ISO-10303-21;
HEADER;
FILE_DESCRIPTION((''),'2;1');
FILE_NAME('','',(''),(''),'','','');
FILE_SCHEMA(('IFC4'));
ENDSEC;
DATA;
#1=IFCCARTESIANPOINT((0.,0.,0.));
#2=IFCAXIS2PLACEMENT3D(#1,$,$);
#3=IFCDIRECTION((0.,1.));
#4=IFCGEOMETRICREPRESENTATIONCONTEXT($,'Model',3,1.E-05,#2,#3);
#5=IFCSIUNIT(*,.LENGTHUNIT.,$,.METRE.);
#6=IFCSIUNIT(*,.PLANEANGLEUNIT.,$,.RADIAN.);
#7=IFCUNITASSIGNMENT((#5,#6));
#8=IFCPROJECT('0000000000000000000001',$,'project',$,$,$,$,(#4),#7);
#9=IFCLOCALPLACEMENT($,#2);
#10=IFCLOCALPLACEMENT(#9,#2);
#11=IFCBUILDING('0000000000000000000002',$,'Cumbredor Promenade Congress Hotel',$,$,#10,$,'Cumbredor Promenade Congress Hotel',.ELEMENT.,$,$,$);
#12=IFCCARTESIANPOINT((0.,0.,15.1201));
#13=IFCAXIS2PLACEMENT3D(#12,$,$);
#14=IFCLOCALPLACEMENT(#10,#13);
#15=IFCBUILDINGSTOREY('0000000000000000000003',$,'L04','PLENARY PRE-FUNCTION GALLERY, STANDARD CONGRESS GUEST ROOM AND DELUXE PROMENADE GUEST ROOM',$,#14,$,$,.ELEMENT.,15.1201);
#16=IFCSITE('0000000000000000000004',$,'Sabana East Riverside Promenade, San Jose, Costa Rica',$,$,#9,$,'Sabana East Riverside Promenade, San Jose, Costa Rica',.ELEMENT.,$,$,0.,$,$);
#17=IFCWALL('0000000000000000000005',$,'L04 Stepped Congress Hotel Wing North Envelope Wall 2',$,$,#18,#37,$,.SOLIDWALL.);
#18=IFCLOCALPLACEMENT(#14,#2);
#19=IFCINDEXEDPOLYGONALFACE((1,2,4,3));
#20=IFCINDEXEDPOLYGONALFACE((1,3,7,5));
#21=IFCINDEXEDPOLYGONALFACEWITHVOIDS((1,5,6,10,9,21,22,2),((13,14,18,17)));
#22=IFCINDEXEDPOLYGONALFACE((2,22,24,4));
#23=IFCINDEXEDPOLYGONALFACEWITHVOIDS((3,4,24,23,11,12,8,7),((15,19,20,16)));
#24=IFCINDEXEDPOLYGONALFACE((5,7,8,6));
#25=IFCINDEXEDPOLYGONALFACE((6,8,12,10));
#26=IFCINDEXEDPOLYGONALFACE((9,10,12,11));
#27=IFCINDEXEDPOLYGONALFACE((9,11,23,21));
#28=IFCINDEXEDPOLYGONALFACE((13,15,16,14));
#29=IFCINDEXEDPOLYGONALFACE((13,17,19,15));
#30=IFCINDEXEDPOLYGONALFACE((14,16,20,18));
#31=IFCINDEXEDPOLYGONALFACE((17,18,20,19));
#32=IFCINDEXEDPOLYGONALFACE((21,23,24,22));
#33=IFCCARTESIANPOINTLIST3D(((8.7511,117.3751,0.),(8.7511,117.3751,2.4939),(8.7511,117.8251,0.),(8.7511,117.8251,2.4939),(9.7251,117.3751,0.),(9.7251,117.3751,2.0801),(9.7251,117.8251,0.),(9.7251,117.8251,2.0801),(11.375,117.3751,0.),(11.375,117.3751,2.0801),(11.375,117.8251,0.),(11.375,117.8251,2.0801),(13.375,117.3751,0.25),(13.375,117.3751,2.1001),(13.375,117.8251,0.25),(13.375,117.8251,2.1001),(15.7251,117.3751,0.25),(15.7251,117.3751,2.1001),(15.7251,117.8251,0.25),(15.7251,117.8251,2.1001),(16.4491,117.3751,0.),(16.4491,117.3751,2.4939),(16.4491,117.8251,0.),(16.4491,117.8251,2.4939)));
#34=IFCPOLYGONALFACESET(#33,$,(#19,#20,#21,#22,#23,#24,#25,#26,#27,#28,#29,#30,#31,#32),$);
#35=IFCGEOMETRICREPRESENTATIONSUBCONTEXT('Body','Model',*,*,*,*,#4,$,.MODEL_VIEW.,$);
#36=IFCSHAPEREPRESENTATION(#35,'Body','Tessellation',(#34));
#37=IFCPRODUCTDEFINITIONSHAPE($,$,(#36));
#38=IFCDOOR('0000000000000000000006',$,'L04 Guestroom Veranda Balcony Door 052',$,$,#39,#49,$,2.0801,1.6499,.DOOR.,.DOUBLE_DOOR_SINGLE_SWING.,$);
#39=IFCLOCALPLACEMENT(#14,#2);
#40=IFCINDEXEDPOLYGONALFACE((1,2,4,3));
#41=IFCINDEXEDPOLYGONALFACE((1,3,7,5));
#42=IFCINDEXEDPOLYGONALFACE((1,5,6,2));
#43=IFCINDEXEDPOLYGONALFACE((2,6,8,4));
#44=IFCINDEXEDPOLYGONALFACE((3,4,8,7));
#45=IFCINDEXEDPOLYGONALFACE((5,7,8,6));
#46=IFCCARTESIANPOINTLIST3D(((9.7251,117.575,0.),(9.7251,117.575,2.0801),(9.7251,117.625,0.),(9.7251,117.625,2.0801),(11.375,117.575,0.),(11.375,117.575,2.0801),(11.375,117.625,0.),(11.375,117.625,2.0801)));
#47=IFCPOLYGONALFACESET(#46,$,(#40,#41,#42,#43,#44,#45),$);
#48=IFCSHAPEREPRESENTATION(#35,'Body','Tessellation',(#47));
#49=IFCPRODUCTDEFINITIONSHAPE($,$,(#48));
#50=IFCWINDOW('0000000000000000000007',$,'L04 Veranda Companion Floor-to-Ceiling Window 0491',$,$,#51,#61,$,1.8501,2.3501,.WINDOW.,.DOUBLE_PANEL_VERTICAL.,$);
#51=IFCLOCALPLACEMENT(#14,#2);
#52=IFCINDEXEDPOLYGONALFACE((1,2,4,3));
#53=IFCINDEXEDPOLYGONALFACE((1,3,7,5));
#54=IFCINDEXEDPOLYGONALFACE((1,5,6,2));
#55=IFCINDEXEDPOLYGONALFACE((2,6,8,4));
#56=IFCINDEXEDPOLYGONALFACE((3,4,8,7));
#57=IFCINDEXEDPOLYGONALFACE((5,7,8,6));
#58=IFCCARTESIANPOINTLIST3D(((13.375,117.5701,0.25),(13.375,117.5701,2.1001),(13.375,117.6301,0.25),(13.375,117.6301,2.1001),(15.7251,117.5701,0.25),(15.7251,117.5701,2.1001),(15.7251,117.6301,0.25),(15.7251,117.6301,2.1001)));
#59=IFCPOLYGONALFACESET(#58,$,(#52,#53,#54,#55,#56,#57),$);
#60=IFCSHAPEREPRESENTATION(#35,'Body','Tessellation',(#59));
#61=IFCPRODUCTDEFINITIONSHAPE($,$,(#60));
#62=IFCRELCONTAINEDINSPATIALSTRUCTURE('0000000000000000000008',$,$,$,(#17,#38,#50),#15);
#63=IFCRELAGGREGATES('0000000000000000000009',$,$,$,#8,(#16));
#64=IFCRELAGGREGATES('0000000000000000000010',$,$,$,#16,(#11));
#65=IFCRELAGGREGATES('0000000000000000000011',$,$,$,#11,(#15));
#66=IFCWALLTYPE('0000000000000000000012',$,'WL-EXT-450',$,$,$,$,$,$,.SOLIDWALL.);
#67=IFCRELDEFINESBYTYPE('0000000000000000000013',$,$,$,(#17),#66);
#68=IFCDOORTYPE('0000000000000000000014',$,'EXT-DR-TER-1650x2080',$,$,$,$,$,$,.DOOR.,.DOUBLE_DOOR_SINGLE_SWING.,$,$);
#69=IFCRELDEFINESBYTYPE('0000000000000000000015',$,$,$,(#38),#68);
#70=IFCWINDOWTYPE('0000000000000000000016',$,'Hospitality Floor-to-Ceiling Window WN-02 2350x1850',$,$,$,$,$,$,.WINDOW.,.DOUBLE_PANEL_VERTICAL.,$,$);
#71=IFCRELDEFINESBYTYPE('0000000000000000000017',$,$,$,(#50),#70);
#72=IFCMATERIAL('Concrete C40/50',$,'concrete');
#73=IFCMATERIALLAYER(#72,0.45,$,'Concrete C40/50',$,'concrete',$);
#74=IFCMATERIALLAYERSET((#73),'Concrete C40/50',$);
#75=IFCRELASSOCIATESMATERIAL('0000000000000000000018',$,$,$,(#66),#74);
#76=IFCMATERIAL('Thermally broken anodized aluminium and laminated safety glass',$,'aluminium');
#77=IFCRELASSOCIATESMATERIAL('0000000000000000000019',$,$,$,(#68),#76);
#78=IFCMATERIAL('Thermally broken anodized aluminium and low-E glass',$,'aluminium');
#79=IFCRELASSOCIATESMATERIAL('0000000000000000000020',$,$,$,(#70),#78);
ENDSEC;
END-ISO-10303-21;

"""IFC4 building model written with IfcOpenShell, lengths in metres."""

from ifc_helpers import new_model, si_unit, direction, frame, frame_2d, origin, place, context, subcontext, project, spatial, rectangle, extrude, material, layer, layer_set, type_object, element, fill, save


model = new_model("IFC4")

# Units and contexts
model_context = context("Model", 3, precision=1e-05, world=origin(), true_north=direction((0.0, 1.0)))
body_context = subcontext(model_context, "Body", "Model", "MODEL_VIEW")
ifc_project = project(units=[si_unit("LENGTHUNIT", "METRE"), si_unit("PLANEANGLEUNIT", "RADIAN")], contexts=[model_context])

# Site, building, storey
site_placement = place(None, origin())
site = spatial("IfcSite", under=ifc_project, at=site_placement, Name="Sabana East Riverside Promenade, San Jose, Costa Rica", LongName="Sabana East Riverside Promenade, San Jose, Costa Rica", CompositionType="ELEMENT", RefElevation=0.0)
building_placement = place(site_placement, origin())
building = spatial("IfcBuilding", under=site, at=building_placement, Name="Cumbredor Promenade Congress Hotel", LongName="Cumbredor Promenade Congress Hotel", CompositionType="ELEMENT")
storey_placement = place(building_placement, frame((0.0, 0.0, 15.1201)))
storey = spatial("IfcBuildingStorey", under=building, at=storey_placement, Name="L04", Description="PLENARY PRE-FUNCTION GALLERY, STANDARD CONGRESS GUEST ROOM AND DELUXE PROMENADE GUEST ROOM", CompositionType="ELEMENT", Elevation=15.1201)

# Shared definitions
ifc_material_1 = material(Name="Concrete C40/50", Category="concrete")

# Shared definitions
ifc_material_2 = material(Name="Thermally broken anodized aluminium and low-E glass", Category="aluminium")

# Wall, openings, door, window
ifc_layer_1 = layer(ifc_material_1, 0.45, Name="Concrete C40/50", Category="concrete")
ifc_layer_set_1 = layer_set([ifc_layer_1], Name="Concrete C40/50")
wall_type_1 = type_object("IfcWallType", Name="WL-EXT-450", PredefinedType="SOLIDWALL", material=ifc_layer_set_1)
wall_1_placement = place(storey_placement, frame((8.751, 117.6001, 0.0), z_axis=(0.0, 0.0, 1.0), x_axis=(1.0, 0.0, 0.0)))
wall_1 = element("IfcWall", 1, at=wall_1_placement, inside=storey, type_object=wall_type_1, Name="L04 Stepped Congress Hotel Wing North Envelope Wall 2", PredefinedType="SOLIDWALL", context=body_context, shape_type="SweptSolid", body=[
    extrude(rectangle(XDim=7.698, YDim=0.45, at=frame_2d((3.8491, 0.0))), origin(), (0.0, 0.0, 1.0), 2.4939),
])
opening_1_placement = place(wall_1_placement, frame((0.9741, 0.0, 0.0)))
opening_1 = element("IfcOpeningElement", 2, at=opening_1_placement, cuts=wall_1, PredefinedType="OPENING", context=body_context, shape_type="SweptSolid", body=[
    extrude(rectangle(XDim=1.6499, YDim=2.0801, at=frame_2d((0.825, 1.04))), frame((0.0, 0.2349, 0.0), z_axis=(0.0, -1.0, 0.0), x_axis=(1.0, 0.0, 0.0)), (0.0, 0.0, 1.0), 0.47),
])
opening_2_placement = place(wall_1_placement, frame((4.624, 0.0, 0.25)))
opening_2 = element("IfcOpeningElement", 3, at=opening_2_placement, cuts=wall_1, PredefinedType="OPENING", context=body_context, shape_type="SweptSolid", body=[
    extrude(rectangle(XDim=2.3501, YDim=1.8501, at=frame_2d((1.175, 0.925))), frame((0.0, 0.2349, 0.0), z_axis=(0.0, -1.0, 0.0), x_axis=(1.0, 0.0, 0.0)), (0.0, 0.0, 1.0), 0.47),
])
ifc_material_3 = material(Name="Thermally broken anodized aluminium and laminated safety glass", Category="aluminium")
door_type_1 = type_object("IfcDoorType", Name="EXT-DR-TER-1650x2080", OperationType="DOUBLE_DOOR_SINGLE_SWING", PredefinedType="DOOR", material=ifc_material_3)
door_1_placement = place(opening_1_placement, origin())
door_1 = element("IfcDoor", 4, at=door_1_placement, inside=storey, type_object=door_type_1, Name="L04 Guestroom Veranda Balcony Door 052", OperationType="DOUBLE_DOOR_SINGLE_SWING", OverallHeight=2.0801, OverallWidth=1.6499, PredefinedType="DOOR", context=body_context, shape_type="SweptSolid", body=[
    extrude(rectangle(XDim=1.6499, YDim=2.0801, at=frame_2d((0.825, 1.04))), frame((0.0, 0.0249, 0.0), z_axis=(0.0, -1.0, 0.0), x_axis=(1.0, 0.0, 0.0)), (0.0, 0.0, 1.0), 0.05),
])
fill(opening_1, door_1)
window_type_1 = type_object("IfcWindowType", Name="Hospitality Floor-to-Ceiling Window WN-02 2350x1850", PartitioningType="DOUBLE_PANEL_VERTICAL", PredefinedType="WINDOW", material=ifc_material_2)
window_1_placement = place(opening_2_placement, origin())
window_1 = element("IfcWindow", 5, at=window_1_placement, inside=storey, type_object=window_type_1, Name="L04 Veranda Companion Floor-to-Ceiling Window 0491", OverallHeight=1.8501, OverallWidth=2.3501, PartitioningType="DOUBLE_PANEL_VERTICAL", PredefinedType="WINDOW", context=body_context, shape_type="SweptSolid", body=[
    extrude(rectangle(XDim=2.3501, YDim=1.8501, at=frame_2d((1.175, 0.925))), frame((0.0, 0.03, 0.0), z_axis=(0.0, -1.0, 0.0), x_axis=(1.0, 0.0, 0.0)), (0.0, 0.0, 1.0), 0.0601),
])
fill(opening_2, window_1)

save(model, "model.ifc")
